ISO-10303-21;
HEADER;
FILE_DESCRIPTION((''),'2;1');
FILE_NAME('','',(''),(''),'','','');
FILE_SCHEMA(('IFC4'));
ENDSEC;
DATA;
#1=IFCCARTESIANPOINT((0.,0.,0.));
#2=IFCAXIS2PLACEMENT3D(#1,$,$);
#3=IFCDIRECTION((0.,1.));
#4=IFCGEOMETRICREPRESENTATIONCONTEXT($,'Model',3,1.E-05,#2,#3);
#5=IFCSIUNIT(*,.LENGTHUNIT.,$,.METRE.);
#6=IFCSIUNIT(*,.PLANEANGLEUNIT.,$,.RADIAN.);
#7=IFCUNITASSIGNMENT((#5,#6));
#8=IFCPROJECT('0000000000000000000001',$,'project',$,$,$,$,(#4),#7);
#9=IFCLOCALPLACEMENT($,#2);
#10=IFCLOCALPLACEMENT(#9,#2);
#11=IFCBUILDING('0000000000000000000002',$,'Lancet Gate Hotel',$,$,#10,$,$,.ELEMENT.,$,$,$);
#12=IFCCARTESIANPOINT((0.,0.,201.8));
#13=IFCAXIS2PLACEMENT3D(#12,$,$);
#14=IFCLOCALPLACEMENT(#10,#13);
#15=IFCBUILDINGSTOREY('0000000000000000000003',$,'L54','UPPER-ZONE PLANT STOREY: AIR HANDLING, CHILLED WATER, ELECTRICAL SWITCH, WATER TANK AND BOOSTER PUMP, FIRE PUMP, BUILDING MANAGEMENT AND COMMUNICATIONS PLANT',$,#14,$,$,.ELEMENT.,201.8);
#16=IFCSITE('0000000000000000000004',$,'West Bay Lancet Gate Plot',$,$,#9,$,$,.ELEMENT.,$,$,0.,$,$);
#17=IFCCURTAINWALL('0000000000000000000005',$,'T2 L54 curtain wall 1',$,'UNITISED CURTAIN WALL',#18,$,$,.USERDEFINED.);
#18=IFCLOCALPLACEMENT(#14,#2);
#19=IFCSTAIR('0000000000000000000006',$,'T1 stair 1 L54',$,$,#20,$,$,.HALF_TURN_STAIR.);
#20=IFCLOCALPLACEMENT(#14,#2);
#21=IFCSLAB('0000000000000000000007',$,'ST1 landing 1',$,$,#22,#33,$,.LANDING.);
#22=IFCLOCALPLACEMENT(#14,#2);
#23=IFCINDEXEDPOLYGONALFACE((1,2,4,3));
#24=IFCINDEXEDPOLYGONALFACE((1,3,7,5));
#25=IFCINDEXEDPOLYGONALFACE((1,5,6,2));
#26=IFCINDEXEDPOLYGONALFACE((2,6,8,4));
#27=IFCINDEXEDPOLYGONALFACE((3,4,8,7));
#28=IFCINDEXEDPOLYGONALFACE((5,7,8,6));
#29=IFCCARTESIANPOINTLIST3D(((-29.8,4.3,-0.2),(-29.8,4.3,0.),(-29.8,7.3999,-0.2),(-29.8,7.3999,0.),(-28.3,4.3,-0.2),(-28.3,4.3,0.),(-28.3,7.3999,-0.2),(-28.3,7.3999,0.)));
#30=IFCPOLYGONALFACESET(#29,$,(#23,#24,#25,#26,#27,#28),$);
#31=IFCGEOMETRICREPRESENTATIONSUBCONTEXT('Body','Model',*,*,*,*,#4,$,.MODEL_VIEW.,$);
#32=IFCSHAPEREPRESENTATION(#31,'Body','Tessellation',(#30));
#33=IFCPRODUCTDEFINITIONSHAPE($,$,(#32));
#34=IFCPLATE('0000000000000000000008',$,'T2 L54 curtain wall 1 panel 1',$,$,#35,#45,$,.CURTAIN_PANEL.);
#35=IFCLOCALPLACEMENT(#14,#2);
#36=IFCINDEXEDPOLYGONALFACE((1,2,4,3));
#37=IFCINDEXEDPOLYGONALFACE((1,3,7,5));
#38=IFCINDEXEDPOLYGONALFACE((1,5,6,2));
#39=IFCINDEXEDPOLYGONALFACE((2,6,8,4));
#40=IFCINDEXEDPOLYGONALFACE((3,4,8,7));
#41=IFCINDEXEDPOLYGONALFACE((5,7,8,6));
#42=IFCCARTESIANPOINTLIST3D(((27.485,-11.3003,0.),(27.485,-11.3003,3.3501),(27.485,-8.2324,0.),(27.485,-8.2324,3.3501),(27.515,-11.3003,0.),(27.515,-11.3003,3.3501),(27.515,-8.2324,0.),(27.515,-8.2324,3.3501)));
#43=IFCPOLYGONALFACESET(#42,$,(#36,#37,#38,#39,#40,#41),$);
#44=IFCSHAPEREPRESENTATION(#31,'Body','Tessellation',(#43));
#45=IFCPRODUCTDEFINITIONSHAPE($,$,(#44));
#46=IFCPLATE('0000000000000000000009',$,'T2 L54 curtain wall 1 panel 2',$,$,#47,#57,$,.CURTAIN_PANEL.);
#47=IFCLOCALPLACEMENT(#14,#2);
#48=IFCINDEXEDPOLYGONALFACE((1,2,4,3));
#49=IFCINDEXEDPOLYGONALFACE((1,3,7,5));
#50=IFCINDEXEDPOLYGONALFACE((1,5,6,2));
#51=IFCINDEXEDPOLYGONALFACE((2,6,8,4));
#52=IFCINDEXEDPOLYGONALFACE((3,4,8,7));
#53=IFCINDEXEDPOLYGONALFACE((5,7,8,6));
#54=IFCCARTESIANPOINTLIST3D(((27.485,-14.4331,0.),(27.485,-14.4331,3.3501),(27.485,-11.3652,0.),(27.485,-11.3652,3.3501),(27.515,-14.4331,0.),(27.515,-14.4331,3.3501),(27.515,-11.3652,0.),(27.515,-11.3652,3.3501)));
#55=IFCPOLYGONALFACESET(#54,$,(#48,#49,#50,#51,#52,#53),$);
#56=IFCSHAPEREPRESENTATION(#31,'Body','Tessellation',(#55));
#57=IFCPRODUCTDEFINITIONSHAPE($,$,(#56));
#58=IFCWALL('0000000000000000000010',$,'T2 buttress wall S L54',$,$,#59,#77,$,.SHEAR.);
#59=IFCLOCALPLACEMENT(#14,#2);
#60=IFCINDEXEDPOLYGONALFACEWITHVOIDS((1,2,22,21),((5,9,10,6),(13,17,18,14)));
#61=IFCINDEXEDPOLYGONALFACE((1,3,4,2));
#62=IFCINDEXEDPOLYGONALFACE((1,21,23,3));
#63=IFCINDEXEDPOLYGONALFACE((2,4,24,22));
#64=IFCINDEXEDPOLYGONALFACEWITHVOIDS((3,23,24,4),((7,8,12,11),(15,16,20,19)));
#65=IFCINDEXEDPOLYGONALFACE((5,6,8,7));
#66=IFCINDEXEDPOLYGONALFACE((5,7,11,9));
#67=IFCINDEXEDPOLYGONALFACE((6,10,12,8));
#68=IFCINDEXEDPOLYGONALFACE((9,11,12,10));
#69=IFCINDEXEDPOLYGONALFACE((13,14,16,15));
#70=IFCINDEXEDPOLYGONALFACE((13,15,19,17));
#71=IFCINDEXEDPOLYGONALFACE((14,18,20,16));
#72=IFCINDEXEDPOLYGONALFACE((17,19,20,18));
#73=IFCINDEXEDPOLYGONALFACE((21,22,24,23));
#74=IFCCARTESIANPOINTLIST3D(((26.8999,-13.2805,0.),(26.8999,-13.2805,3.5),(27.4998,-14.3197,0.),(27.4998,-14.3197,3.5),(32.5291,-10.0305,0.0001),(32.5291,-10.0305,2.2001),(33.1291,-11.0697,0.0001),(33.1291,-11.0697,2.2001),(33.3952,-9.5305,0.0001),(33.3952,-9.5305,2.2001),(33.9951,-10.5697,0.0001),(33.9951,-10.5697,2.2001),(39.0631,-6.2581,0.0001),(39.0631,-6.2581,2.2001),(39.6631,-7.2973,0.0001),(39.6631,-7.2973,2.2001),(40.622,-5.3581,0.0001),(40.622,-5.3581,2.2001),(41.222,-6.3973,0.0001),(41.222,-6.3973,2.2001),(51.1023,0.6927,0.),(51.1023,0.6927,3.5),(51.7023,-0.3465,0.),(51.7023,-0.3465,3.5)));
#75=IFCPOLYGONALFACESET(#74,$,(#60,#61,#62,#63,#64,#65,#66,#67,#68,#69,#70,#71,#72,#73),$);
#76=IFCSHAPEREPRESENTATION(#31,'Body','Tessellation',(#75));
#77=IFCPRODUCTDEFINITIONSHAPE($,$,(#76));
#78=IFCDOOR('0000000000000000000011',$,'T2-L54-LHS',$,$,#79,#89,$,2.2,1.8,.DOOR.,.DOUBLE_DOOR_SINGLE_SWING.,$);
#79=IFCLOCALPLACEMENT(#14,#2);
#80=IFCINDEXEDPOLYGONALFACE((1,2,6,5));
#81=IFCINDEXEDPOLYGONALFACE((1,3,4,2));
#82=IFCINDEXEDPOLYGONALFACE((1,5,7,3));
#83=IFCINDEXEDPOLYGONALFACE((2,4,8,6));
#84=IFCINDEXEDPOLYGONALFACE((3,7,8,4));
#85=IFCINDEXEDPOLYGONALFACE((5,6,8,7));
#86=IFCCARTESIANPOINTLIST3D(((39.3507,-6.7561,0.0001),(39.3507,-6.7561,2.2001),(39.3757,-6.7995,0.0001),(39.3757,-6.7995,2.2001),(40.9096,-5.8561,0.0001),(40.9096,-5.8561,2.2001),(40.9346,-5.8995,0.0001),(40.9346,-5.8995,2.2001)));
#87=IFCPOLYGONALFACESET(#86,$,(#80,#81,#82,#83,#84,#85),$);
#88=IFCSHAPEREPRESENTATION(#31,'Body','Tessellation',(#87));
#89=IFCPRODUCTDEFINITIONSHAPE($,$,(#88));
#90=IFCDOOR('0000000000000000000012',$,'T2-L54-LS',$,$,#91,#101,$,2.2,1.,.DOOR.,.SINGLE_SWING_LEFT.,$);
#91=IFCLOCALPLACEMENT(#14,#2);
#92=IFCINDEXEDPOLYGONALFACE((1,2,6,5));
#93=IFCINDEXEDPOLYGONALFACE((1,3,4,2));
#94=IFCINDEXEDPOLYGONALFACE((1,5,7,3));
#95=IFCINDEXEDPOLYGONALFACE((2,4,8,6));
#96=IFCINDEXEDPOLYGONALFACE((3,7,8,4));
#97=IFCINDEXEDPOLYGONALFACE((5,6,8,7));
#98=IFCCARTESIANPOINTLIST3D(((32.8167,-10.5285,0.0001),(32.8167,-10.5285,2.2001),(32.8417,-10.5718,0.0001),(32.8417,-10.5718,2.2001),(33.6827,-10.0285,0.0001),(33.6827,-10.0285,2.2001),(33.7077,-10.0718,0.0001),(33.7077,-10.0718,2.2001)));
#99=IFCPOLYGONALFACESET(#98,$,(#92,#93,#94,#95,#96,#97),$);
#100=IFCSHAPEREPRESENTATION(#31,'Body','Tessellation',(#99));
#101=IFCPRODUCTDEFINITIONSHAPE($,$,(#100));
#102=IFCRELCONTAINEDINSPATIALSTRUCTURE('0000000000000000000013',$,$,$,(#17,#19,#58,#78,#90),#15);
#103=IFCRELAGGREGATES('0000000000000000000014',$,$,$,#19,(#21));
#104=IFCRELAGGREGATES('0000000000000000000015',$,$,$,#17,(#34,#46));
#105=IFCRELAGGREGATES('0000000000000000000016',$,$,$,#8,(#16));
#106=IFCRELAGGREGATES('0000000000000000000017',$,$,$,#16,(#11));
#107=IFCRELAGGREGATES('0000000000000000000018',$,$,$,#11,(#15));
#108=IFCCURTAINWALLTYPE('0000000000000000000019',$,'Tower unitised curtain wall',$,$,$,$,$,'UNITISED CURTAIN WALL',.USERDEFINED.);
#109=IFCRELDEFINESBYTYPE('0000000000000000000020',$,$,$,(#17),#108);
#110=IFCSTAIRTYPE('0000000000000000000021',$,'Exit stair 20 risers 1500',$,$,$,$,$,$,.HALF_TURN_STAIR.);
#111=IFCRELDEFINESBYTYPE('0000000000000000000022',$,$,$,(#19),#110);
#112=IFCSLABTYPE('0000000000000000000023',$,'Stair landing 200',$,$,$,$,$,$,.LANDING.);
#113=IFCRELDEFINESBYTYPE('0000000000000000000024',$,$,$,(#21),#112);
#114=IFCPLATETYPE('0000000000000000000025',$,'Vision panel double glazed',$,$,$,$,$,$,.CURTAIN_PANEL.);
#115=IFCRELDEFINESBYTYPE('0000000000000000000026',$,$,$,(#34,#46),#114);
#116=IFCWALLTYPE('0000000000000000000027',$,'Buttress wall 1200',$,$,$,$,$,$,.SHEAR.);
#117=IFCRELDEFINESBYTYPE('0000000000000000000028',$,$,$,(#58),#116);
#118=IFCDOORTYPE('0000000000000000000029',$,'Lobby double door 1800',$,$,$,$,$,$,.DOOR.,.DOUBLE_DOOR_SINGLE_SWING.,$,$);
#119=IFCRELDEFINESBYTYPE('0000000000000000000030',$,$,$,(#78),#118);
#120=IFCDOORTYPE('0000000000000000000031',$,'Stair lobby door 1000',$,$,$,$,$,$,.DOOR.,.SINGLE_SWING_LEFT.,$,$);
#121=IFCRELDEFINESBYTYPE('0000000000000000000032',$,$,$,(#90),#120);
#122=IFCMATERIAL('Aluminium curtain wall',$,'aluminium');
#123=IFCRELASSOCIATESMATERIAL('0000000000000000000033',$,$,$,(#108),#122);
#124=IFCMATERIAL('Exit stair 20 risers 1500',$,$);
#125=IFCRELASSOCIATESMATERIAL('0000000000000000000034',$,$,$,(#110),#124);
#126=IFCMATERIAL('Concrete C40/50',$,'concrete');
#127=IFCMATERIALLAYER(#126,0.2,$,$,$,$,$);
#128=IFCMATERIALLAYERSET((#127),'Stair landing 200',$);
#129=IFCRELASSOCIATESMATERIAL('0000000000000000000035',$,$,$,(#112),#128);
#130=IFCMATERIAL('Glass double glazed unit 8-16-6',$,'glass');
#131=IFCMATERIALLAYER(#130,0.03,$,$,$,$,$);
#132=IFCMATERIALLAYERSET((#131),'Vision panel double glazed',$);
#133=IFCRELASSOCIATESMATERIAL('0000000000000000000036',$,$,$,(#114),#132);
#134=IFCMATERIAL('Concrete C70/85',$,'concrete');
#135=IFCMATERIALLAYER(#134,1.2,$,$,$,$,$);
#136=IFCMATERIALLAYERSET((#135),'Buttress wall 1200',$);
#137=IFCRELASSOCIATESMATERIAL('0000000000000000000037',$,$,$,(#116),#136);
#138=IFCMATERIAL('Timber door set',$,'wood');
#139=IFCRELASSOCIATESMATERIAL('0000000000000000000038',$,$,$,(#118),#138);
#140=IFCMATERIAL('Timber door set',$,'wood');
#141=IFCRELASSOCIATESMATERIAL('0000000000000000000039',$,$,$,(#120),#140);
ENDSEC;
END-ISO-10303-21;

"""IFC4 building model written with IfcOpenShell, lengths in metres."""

from ifc_helpers import new_model, si_unit, direction, frame, frame_2d, origin, origin_2d, place, context, subcontext, project, spatial, polyline, rectangle, outline, extrude, material, layer, layer_set, type_object, element, fill, aggregate, save


model = new_model("IFC4")

# Units and contexts
model_context = context("Model", 3, precision=1e-05, world=origin(), true_north=direction((0.0, 1.0)))
body_context = subcontext(model_context, "Body", "Model", "MODEL_VIEW")
ifc_project = project(units=[si_unit("LENGTHUNIT", "METRE"), si_unit("PLANEANGLEUNIT", "RADIAN")], contexts=[model_context])

# Site, building, storey
site_placement = place(None, origin())
site = spatial("IfcSite", under=ifc_project, at=site_placement, Name="West Bay Lancet Gate Plot", CompositionType="ELEMENT", RefElevation=0.0)
building_placement = place(site_placement, origin())
building = spatial("IfcBuilding", under=site, at=building_placement, Name="Lancet Gate Hotel", CompositionType="ELEMENT")
storey_placement = place(building_placement, frame((0.0, 0.0, 201.8)))
storey = spatial("IfcBuildingStorey", under=building, at=storey_placement, Name="L54", Description="UPPER-ZONE PLANT STOREY: AIR HANDLING, CHILLED WATER, ELECTRICAL SWITCH, WATER TANK AND BOOSTER PUMP, FIRE PUMP, BUILDING MANAGEMENT AND COMMUNICATIONS PLANT", CompositionType="ELEMENT", Elevation=201.8)

# Curtain wall
ifc_material_1 = material(Name="Aluminium curtain wall", Category="aluminium")
curtain_wall_type = type_object("IfcCurtainWallType", Name="Tower unitised curtain wall", ElementType="UNITISED CURTAIN WALL", PredefinedType="USERDEFINED", material=ifc_material_1)
curtain_wall_placement = place(storey_placement, origin())
curtain_wall = element("IfcCurtainWall", 1, at=curtain_wall_placement, inside=storey, type_object=curtain_wall_type, Name="T2 L54 curtain wall 1", ObjectType="UNITISED CURTAIN WALL", PredefinedType="USERDEFINED")

# Stair, slab
ifc_material_2 = material(Name="Exit stair 20 risers 1500")
stair_type = type_object("IfcStairType", Name="Exit stair 20 risers 1500", PredefinedType="HALF_TURN_STAIR", material=ifc_material_2)
stair_placement = place(storey_placement, origin())
stair = element("IfcStair", 2, at=stair_placement, inside=storey, type_object=stair_type, Name="T1 stair 1 L54", PredefinedType="HALF_TURN_STAIR")
ifc_material_3 = material(Name="Concrete C40/50", Category="concrete")
ifc_layer_1 = layer(ifc_material_3, 0.2)
ifc_layer_set_1 = layer_set([ifc_layer_1], Name="Stair landing 200")
slab_type_1 = type_object("IfcSlabType", Name="Stair landing 200", PredefinedType="LANDING", material=ifc_layer_set_1)
slab_1_placement = place(storey_placement, frame((0.0, 0.0, -0.2)))
slab_1 = element("IfcSlab", 3, at=slab_1_placement, type_object=slab_type_1, Name="ST1 landing 1", PredefinedType="LANDING", context=body_context, shape_type="SweptSolid", body=[
    extrude(outline(polyline([(-28.3, 7.3999), (-29.8, 7.3999), (-29.8, 4.3), (-28.3, 4.3), (-28.3, 7.3999)])), origin(), (0.0, 0.0, 1.0), 0.2),
])
aggregate(stair, [slab_1])

# Plates
ifc_material_4 = material(Name="Glass double glazed unit 8-16-6", Category="glass")
ifc_layer_2 = layer(ifc_material_4, 0.03)
ifc_layer_set_2 = layer_set([ifc_layer_2], Name="Vision panel double glazed")
plate_type = type_object("IfcPlateType", Name="Vision panel double glazed", PredefinedType="CURTAIN_PANEL", material=ifc_layer_set_2)
plate_1_placement = place(storey_placement, frame((27.5, -9.7664, 0.0), z_axis=(0.0, 0.0, 1.0), x_axis=(0.0, -1.0, 0.0)))
plate_1 = element("IfcPlate", 4, at=plate_1_placement, type_object=plate_type, Name="T2 L54 curtain wall 1 panel 1", PredefinedType="CURTAIN_PANEL", context=body_context, shape_type="SweptSolid", body=[
    extrude(rectangle(XDim=3.0679, YDim=0.03, at=origin_2d()), origin(), (0.0, 0.0, 1.0), 3.3501),
])
plate_2_placement = place(storey_placement, frame((27.5, -12.8992, 0.0), z_axis=(0.0, 0.0, 1.0), x_axis=(0.0, -1.0, 0.0)))
plate_2 = element("IfcPlate", 5, at=plate_2_placement, type_object=plate_type, Name="T2 L54 curtain wall 1 panel 2", PredefinedType="CURTAIN_PANEL", context=body_context, shape_type="SweptSolid", body=[
    extrude(rectangle(XDim=3.0679, YDim=0.03, at=origin_2d()), origin(), (0.0, 0.0, 1.0), 3.3501),
])
aggregate(curtain_wall, [plate_1, plate_2])

# Wall, openings, doors
ifc_material_5 = material(Name="Concrete C70/85", Category="concrete")
ifc_layer_3 = layer(ifc_material_5, 1.2)
ifc_layer_set_3 = layer_set([ifc_layer_3], Name="Buttress wall 1200")
wall_type = type_object("IfcWallType", Name="Buttress wall 1200", PredefinedType="SHEAR", material=ifc_layer_set_3)
wall_placement = place(storey_placement, frame((27.2, -13.8, 0.0), z_axis=(0.0, 0.0, 1.0), x_axis=(0.866027, 0.499997, 0.0)))
wall = element("IfcWall", 6, at=wall_placement, inside=storey, type_object=wall_type, Name="T2 buttress wall S L54", PredefinedType="SHEAR", context=body_context, shape_type="SweptSolid", body=[
    extrude(rectangle(XDim=27.9465, YDim=1.2, at=frame_2d((13.9731, 0.0))), origin(), (0.0, 0.0, 1.0), 3.5),
])
opening_1_placement = place(wall_placement, frame((6.5, 0.0, 0.0)))
opening_1 = element("IfcOpeningElement", 7, at=opening_1_placement, cuts=wall, PredefinedType="OPENING", context=body_context, shape_type="SweptSolid", body=[
    extrude(rectangle(XDim=1.0, YDim=2.2, at=frame_2d((0.5, 1.1001))), frame((0.0, 0.6099, 0.0), z_axis=(0.0, -1.0, 0.0), x_axis=(1.0, 0.0, 0.0)), (0.0, 0.0, 1.0), 1.22),
])
opening_2_placement = place(wall_placement, frame((14.0449, 0.0, 0.0)))
opening_2 = element("IfcOpeningElement", 8, at=opening_2_placement, cuts=wall, PredefinedType="OPENING", context=body_context, shape_type="SweptSolid", body=[
    extrude(rectangle(XDim=1.8, YDim=2.2, at=frame_2d((0.8999, 1.1001))), frame((0.0, 0.6099, 0.0), z_axis=(0.0, -1.0, 0.0), x_axis=(1.0, 0.0, 0.0)), (0.0, 0.0, 1.0), 1.22),
])
ifc_material_6 = material(Name="Timber door set", Category="wood")
door_type_1 = type_object("IfcDoorType", Name="Lobby double door 1800", OperationType="DOUBLE_DOOR_SINGLE_SWING", PredefinedType="DOOR", material=ifc_material_6)
door_1_placement = place(opening_2_placement, origin())
door_1 = element("IfcDoor", 9, at=door_1_placement, inside=storey, type_object=door_type_1, Name="T2-L54-LHS", OperationType="DOUBLE_DOOR_SINGLE_SWING", OverallHeight=2.2, OverallWidth=1.8, PredefinedType="DOOR", context=body_context, shape_type="SweptSolid", body=[
    extrude(rectangle(XDim=1.8, YDim=2.2, at=frame_2d((0.8999, 1.1001))), frame((0.0, 0.0249, 0.0), z_axis=(0.0, -1.0, 0.0), x_axis=(1.0, 0.0, 0.0)), (0.0, 0.0, 1.0), 0.05),
])
fill(opening_2, door_1)
ifc_material_7 = material(Name="Timber door set", Category="wood")
door_type_2 = type_object("IfcDoorType", Name="Stair lobby door 1000", OperationType="SINGLE_SWING_LEFT", PredefinedType="DOOR", material=ifc_material_7)
door_2_placement = place(opening_1_placement, origin())
door_2 = element("IfcDoor", 10, at=door_2_placement, inside=storey, type_object=door_type_2, Name="T2-L54-LS", OperationType="SINGLE_SWING_LEFT", OverallHeight=2.2, OverallWidth=1.0, PredefinedType="DOOR", context=body_context, shape_type="SweptSolid", body=[
    extrude(rectangle(XDim=1.0, YDim=2.2, at=frame_2d((0.5, 1.1001))), frame((0.0, 0.0249, 0.0), z_axis=(0.0, -1.0, 0.0), x_axis=(1.0, 0.0, 0.0)), (0.0, 0.0, 1.0), 0.05),
])
fill(opening_1, door_2)

save(model, "model.ifc")
